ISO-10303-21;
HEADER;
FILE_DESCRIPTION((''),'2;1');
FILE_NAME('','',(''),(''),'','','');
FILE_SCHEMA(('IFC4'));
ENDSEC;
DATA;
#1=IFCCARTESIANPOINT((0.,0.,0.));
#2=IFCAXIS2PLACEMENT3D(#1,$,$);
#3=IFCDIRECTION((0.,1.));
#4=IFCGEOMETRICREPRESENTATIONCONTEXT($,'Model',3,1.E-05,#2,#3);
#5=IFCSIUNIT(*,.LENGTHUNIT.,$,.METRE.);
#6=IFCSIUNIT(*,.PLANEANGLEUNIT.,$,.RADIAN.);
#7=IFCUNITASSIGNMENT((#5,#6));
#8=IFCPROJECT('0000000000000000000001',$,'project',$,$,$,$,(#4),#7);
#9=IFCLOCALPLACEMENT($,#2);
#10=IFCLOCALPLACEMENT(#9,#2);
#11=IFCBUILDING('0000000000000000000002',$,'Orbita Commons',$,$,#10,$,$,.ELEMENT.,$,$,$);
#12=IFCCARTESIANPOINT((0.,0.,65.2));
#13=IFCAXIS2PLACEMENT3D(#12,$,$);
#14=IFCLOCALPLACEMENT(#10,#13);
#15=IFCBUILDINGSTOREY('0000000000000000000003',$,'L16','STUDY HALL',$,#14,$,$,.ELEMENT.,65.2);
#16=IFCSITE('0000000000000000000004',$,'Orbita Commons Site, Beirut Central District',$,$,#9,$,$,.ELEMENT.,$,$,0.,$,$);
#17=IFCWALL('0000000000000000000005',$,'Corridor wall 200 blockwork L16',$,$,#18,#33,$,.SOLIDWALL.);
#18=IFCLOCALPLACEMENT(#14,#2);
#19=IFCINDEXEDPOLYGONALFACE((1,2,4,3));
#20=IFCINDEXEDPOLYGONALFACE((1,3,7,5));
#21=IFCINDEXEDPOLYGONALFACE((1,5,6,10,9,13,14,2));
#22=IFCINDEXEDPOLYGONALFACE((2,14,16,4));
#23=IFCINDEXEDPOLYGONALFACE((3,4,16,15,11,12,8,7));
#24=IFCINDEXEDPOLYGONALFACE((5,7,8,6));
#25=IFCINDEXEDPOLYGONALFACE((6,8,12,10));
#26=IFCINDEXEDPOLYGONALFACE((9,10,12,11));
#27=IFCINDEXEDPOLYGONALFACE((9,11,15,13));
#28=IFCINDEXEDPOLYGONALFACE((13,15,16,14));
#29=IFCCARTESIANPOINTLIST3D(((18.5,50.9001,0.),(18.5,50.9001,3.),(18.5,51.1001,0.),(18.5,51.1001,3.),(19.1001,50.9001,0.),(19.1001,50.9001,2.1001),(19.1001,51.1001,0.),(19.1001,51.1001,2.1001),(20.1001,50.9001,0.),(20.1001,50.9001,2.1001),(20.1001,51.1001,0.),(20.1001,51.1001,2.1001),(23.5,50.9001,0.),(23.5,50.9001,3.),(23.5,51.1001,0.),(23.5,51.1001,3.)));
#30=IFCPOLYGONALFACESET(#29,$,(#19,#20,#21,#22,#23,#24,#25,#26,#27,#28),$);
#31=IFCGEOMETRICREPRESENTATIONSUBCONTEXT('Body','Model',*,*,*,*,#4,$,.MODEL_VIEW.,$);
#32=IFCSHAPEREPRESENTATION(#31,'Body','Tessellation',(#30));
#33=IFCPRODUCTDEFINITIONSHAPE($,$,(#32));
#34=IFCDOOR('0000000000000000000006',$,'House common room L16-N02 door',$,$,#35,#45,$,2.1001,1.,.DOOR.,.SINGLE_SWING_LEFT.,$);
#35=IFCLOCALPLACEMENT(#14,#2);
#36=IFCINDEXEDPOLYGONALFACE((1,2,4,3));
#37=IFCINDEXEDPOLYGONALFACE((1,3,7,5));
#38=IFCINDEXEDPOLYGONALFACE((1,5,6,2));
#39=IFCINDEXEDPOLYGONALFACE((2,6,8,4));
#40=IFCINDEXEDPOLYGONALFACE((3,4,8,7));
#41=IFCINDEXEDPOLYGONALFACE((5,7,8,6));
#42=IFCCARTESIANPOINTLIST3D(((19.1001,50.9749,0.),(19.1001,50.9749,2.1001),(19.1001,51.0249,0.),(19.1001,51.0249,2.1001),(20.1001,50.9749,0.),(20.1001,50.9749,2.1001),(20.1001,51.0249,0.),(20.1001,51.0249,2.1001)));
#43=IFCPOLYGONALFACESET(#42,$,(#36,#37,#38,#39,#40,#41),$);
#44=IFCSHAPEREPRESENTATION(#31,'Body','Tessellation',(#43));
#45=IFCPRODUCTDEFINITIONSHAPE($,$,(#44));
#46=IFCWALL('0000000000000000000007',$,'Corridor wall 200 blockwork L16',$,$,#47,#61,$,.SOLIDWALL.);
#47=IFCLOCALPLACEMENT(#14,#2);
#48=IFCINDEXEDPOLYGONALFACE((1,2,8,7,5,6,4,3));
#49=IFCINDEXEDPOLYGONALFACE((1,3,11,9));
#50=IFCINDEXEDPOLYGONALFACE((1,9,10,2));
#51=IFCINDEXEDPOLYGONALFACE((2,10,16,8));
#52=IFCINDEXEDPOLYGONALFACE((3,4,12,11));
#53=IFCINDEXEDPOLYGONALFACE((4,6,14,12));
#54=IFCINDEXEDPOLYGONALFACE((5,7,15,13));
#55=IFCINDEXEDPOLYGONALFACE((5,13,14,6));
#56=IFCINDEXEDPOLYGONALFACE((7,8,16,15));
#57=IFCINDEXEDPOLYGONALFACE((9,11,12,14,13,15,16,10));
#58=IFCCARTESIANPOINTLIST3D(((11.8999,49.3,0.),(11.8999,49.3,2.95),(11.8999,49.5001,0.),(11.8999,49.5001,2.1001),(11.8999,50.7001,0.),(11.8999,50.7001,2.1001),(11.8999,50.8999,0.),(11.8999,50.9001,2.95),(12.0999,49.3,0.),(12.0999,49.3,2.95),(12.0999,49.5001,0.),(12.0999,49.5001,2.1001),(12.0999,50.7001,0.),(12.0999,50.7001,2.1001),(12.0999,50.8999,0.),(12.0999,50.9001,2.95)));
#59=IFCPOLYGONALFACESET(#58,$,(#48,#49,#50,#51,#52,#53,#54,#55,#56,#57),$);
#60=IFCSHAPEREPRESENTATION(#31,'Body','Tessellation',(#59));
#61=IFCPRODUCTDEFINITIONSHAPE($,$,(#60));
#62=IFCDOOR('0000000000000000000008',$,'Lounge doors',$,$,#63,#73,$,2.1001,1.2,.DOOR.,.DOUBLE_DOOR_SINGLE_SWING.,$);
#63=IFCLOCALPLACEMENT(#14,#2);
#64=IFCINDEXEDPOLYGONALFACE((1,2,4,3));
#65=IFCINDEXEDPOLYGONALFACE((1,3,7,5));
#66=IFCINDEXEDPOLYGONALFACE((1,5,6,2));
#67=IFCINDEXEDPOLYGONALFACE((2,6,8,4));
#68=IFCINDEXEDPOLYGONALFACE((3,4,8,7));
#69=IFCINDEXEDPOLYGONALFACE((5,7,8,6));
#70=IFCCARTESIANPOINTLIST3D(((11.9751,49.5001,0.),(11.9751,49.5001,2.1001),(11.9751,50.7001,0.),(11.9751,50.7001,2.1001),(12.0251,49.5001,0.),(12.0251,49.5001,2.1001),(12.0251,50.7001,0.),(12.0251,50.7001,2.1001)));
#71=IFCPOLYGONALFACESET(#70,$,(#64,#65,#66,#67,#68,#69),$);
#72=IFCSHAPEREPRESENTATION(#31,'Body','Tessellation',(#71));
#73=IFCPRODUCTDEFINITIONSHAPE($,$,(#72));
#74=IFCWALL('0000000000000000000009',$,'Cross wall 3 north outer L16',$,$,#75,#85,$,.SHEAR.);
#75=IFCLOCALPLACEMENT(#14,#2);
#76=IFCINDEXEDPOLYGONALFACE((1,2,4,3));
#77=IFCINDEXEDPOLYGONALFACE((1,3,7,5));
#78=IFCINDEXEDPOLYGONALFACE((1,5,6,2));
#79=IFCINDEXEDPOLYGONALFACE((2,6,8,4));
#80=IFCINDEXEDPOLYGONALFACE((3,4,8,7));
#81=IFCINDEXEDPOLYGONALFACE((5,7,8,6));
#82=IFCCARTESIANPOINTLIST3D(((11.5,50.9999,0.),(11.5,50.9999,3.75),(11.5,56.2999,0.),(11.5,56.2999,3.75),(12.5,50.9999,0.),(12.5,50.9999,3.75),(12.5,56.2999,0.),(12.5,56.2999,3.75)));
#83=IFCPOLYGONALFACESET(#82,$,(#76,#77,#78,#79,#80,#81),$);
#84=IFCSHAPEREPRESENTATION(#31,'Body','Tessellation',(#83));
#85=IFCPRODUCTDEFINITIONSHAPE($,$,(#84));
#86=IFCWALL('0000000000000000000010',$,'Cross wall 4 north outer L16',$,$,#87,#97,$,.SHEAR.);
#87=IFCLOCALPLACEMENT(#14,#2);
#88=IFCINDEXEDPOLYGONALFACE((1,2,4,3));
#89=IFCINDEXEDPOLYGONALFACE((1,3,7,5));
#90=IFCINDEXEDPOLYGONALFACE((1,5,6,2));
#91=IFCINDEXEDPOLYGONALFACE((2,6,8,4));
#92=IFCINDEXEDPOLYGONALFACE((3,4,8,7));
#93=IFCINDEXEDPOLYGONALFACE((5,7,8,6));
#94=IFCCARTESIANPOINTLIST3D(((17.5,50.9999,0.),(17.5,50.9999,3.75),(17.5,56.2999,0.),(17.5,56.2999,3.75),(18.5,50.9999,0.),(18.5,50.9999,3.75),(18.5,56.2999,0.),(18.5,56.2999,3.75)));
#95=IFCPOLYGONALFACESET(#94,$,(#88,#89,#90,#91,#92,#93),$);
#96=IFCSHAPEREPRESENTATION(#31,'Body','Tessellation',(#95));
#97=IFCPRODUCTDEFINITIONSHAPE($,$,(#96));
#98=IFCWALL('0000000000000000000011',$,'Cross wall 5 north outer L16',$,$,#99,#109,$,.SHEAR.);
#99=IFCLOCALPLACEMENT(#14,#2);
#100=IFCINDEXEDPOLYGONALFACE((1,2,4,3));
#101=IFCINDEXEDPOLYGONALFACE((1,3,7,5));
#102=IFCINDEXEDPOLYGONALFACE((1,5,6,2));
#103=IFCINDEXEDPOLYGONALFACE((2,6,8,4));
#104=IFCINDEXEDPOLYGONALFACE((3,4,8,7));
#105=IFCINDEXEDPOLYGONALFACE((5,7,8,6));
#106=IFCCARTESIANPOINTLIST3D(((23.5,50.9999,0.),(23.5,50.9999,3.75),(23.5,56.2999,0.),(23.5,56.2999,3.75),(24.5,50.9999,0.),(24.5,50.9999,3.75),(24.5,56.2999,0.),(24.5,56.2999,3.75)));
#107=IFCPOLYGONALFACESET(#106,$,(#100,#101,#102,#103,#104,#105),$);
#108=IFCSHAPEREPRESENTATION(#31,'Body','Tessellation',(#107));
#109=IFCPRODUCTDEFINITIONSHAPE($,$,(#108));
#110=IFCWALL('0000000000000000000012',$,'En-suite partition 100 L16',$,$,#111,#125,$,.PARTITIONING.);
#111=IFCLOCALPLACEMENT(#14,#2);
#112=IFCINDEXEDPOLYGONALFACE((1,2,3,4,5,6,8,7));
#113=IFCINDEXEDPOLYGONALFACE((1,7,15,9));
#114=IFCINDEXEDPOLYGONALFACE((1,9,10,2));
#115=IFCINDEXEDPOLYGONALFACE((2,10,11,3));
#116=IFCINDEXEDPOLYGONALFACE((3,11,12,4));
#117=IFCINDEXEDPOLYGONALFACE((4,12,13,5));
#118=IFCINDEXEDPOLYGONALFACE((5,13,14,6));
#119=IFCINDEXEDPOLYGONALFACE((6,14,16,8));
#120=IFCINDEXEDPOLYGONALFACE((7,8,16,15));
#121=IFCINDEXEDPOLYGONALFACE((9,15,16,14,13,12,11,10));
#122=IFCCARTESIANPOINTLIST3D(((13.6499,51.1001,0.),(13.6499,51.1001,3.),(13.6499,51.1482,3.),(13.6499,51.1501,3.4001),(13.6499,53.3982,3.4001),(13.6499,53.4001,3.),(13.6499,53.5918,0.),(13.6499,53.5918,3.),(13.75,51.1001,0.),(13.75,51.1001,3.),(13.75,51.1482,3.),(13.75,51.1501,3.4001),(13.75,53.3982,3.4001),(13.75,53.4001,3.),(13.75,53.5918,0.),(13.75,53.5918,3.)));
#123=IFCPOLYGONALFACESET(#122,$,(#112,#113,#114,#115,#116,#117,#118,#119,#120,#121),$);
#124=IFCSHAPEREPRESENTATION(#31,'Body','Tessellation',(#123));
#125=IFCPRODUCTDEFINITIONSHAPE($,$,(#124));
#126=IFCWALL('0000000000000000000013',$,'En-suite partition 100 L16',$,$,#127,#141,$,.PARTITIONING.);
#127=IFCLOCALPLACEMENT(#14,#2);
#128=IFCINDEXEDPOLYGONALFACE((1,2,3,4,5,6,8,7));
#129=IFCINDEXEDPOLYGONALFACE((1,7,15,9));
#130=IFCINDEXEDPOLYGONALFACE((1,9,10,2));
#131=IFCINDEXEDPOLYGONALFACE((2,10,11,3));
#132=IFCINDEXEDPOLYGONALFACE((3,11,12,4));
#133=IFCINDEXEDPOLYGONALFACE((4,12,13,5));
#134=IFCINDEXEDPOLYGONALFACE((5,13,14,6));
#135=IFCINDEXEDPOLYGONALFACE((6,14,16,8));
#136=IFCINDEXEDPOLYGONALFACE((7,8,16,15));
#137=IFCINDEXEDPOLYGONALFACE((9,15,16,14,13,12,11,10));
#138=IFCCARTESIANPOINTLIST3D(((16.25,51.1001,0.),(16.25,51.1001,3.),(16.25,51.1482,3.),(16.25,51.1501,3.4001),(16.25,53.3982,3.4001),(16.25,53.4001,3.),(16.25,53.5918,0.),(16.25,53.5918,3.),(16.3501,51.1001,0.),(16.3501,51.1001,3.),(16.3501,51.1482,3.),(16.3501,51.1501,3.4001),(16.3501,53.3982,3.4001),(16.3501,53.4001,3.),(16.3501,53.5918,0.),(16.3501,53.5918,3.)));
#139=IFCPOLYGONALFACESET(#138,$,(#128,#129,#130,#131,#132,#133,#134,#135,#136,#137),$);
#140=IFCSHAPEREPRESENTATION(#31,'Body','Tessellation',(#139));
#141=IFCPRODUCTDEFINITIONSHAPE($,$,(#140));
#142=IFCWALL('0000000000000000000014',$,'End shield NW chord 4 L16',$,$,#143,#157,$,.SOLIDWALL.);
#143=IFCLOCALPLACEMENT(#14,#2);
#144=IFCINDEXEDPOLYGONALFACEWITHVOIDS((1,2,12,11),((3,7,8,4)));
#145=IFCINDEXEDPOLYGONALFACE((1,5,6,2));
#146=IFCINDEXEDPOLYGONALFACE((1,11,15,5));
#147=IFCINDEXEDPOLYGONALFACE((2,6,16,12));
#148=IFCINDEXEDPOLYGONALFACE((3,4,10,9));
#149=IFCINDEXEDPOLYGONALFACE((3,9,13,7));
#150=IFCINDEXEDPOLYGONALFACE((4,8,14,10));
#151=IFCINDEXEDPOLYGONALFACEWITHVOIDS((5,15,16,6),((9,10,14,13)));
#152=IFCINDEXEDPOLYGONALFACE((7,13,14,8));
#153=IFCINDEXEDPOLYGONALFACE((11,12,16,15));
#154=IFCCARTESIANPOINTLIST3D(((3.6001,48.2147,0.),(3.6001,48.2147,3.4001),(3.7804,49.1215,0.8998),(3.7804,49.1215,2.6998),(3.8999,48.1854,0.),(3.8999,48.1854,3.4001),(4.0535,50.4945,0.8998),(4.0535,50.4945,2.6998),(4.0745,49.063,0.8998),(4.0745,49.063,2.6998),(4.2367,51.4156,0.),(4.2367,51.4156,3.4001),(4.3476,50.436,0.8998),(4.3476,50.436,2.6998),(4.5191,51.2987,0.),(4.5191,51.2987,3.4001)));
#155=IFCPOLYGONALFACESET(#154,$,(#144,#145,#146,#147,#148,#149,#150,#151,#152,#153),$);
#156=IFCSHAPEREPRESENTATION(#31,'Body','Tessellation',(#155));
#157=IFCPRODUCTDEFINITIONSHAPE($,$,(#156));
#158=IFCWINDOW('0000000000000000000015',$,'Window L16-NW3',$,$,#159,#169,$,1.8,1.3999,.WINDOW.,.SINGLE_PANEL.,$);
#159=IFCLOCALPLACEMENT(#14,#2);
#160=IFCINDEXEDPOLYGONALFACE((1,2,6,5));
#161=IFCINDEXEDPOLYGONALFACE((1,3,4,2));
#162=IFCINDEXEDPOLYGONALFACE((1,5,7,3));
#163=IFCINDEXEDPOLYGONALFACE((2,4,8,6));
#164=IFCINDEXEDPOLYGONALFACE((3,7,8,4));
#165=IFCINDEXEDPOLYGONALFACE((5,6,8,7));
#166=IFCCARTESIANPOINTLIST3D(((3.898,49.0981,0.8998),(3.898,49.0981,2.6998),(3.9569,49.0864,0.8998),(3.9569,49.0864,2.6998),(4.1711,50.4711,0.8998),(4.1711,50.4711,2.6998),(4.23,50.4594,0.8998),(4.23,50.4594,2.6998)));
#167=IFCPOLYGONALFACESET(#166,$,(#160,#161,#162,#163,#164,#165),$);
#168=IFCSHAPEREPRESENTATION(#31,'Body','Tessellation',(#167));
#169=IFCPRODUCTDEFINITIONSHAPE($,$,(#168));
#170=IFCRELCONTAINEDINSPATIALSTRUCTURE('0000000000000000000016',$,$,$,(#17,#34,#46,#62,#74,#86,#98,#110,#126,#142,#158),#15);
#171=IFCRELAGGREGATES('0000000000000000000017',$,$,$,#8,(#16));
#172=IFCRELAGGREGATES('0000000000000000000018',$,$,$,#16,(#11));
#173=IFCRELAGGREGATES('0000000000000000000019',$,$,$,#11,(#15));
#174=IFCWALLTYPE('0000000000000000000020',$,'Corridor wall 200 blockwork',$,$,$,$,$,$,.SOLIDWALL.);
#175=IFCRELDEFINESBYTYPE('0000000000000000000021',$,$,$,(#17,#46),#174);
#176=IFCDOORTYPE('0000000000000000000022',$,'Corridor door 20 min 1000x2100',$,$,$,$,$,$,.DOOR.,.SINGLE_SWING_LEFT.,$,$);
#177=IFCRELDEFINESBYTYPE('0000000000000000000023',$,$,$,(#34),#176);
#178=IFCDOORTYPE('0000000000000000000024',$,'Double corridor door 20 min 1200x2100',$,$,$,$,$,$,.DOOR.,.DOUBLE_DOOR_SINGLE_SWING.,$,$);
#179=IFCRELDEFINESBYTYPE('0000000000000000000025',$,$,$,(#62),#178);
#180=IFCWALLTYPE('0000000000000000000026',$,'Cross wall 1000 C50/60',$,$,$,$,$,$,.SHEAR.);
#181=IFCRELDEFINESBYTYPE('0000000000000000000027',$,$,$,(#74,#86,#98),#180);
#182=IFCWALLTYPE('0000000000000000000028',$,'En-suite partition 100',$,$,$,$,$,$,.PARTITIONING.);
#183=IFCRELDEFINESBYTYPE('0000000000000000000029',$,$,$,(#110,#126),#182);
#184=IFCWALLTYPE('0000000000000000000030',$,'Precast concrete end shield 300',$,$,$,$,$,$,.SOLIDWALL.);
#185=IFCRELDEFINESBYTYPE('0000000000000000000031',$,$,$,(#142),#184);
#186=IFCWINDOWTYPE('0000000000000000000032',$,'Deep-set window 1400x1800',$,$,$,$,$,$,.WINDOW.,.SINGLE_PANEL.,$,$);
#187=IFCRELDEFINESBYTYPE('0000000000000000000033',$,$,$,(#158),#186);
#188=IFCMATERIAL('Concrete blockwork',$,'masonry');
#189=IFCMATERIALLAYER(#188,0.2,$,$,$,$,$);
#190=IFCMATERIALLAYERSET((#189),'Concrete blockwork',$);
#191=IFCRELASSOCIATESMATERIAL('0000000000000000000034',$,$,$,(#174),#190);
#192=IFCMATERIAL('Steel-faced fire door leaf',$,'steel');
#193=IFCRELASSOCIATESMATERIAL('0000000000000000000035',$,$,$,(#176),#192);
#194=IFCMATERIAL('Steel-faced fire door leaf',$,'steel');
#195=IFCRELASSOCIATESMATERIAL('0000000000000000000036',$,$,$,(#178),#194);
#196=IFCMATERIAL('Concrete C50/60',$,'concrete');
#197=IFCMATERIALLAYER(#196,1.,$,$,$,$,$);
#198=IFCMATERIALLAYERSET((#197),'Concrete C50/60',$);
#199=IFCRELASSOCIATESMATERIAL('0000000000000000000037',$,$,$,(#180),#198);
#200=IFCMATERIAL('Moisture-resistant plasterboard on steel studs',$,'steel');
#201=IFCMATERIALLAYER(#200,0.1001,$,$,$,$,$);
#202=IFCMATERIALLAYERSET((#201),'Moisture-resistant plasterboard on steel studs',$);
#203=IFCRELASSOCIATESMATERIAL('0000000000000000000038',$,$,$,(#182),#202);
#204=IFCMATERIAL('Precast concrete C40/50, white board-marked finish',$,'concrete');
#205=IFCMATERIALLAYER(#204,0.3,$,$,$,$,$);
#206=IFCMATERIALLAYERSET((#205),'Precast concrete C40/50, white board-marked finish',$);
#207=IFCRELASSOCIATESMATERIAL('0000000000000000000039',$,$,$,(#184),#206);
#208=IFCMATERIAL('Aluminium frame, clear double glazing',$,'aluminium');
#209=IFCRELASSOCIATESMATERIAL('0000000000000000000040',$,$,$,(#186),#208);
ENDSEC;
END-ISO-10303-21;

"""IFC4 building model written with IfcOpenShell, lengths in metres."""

from ifc_helpers import new_model, si_unit, direction, frame, frame_2d, origin, place, context, subcontext, project, spatial, polyline, rectangle, outline, extrude, material, layer, layer_set, type_object, element, fill, save


model = new_model("IFC4")

# Units and contexts
model_context = context("Model", 3, precision=1e-05, world=origin(), true_north=direction((0.0, 1.0)))
body_context = subcontext(model_context, "Body", "Model", "MODEL_VIEW")
ifc_project = project(units=[si_unit("LENGTHUNIT", "METRE"), si_unit("PLANEANGLEUNIT", "RADIAN")], contexts=[model_context])

# Site, building, storey
site_placement = place(None, origin())
site = spatial("IfcSite", under=ifc_project, at=site_placement, Name="Orbita Commons Site, Beirut Central District", CompositionType="ELEMENT", RefElevation=0.0)
building_placement = place(site_placement, origin())
building = spatial("IfcBuilding", under=site, at=building_placement, Name="Orbita Commons", CompositionType="ELEMENT")
storey_placement = place(building_placement, frame((0.0, 0.0, 65.2)))
storey = spatial("IfcBuildingStorey", under=building, at=storey_placement, Name="L16", Description="STUDY HALL", CompositionType="ELEMENT", Elevation=65.2)

# Shared definitions
ifc_material_1 = material(Name="Concrete blockwork", Category="masonry")
ifc_layer_1 = layer(ifc_material_1, 0.2)
ifc_layer_set_1 = layer_set([ifc_layer_1], Name="Concrete blockwork")
wall_type_1 = type_object("IfcWallType", Name="Corridor wall 200 blockwork", PredefinedType="SOLIDWALL", material=ifc_layer_set_1)

# Walls, openings, doors
wall_1_placement = place(storey_placement, frame((18.5, 51.0, 0.0), z_axis=(0.0, 0.0, 1.0), x_axis=(1.0, 0.0, 0.0)))
wall_1 = element("IfcWall", 1, at=wall_1_placement, inside=storey, type_object=wall_type_1, Name="Corridor wall 200 blockwork L16", PredefinedType="SOLIDWALL", context=body_context, shape_type="SweptSolid", body=[
    extrude(outline(polyline([(0.0, 0.0), (5.0, 0.0), (5.0, 3.0), (0.0, 3.0), (0.0, 0.0)])), frame((0.0, 0.1001, 0.0), z_axis=(0.0, -1.0, 0.0), x_axis=(1.0, 0.0, 0.0)), (0.0, 0.0, 1.0), 0.2),
])
opening_1_placement = place(wall_1_placement, frame((0.6001, 0.0, 0.0)))
opening_1 = element("IfcOpeningElement", 2, at=opening_1_placement, cuts=wall_1, PredefinedType="OPENING", context=body_context, shape_type="SweptSolid", body=[
    extrude(rectangle(XDim=1.0, YDim=2.1001, at=frame_2d((0.5, 1.05))), frame((0.0, 0.1099, 0.0), z_axis=(0.0, -1.0, 0.0), x_axis=(1.0, 0.0, 0.0)), (0.0, 0.0, 1.0), 0.22),
])
ifc_material_2 = material(Name="Steel-faced fire door leaf", Category="steel")
door_type_1 = type_object("IfcDoorType", Name="Corridor door 20 min 1000x2100", OperationType="SINGLE_SWING_LEFT", PredefinedType="DOOR", material=ifc_material_2)
door_1_placement = place(opening_1_placement, origin())
door_1 = element("IfcDoor", 3, at=door_1_placement, inside=storey, type_object=door_type_1, Name="House common room L16-N02 door", OperationType="SINGLE_SWING_LEFT", OverallHeight=2.1001, OverallWidth=1.0, PredefinedType="DOOR", context=body_context, shape_type="SweptSolid", body=[
    extrude(rectangle(XDim=1.0, YDim=2.1001, at=frame_2d((0.5, 1.05))), frame((0.0, 0.0249, 0.0), z_axis=(0.0, -1.0, 0.0), x_axis=(1.0, 0.0, 0.0)), (0.0, 0.0, 1.0), 0.05),
])
fill(opening_1, door_1)
wall_2_placement = place(storey_placement, frame((12.0, 49.3, 0.0), z_axis=(0.0, 0.0, 1.0), x_axis=(0.0, 1.0, 0.0)))
wall_2 = element("IfcWall", 4, at=wall_2_placement, inside=storey, type_object=wall_type_1, Name="Corridor wall 200 blockwork L16", PredefinedType="SOLIDWALL", context=body_context, shape_type="SweptSolid", body=[
    extrude(outline(polyline([(0.0, 0.0), (1.5999, 0.0), (1.6001, 2.95), (0.0, 2.95), (0.0, 0.0)])), frame((0.0, 0.1001, 0.0), z_axis=(0.0, -1.0, 0.0), x_axis=(1.0, 0.0, 0.0)), (0.0, 0.0, 1.0), 0.2),
])
opening_2_placement = place(wall_2_placement, frame((0.2, 0.0, 0.0)))
opening_2 = element("IfcOpeningElement", 5, at=opening_2_placement, cuts=wall_2, PredefinedType="OPENING", context=body_context, shape_type="SweptSolid", body=[
    extrude(rectangle(XDim=1.2, YDim=2.1001, at=frame_2d((0.6001, 1.05))), frame((0.0, 0.1099, 0.0), z_axis=(0.0, -1.0, 0.0), x_axis=(1.0, 0.0, 0.0)), (0.0, 0.0, 1.0), 0.22),
])
ifc_material_3 = material(Name="Steel-faced fire door leaf", Category="steel")
door_type_2 = type_object("IfcDoorType", Name="Double corridor door 20 min 1200x2100", OperationType="DOUBLE_DOOR_SINGLE_SWING", PredefinedType="DOOR", material=ifc_material_3)
door_2_placement = place(opening_2_placement, origin())
door_2 = element("IfcDoor", 6, at=door_2_placement, inside=storey, type_object=door_type_2, Name="Lounge doors", OperationType="DOUBLE_DOOR_SINGLE_SWING", OverallHeight=2.1001, OverallWidth=1.2, PredefinedType="DOOR", context=body_context, shape_type="SweptSolid", body=[
    extrude(rectangle(XDim=1.2, YDim=2.1001, at=frame_2d((0.6001, 1.05))), frame((0.0, 0.0249, 0.0), z_axis=(0.0, -1.0, 0.0), x_axis=(1.0, 0.0, 0.0)), (0.0, 0.0, 1.0), 0.05),
])
fill(opening_2, door_2)

# Walls
ifc_material_4 = material(Name="Concrete C50/60", Category="concrete")
ifc_layer_2 = layer(ifc_material_4, 1.0)
ifc_layer_set_2 = layer_set([ifc_layer_2], Name="Concrete C50/60")
wall_type_2 = type_object("IfcWallType", Name="Cross wall 1000 C50/60", PredefinedType="SHEAR", material=ifc_layer_set_2)
for number, where, z_axis, x_axis, name in (
    (7, (12.0, 51.0, 0.0), (0.0, 0.0, 1.0), (0.0, 1.0, 0.0), "Cross wall 3 north outer L16"),
    (8, (18.0, 51.0, 0.0), (0.0, 0.0, 1.0), (0.0, 1.0, 0.0), "Cross wall 4 north outer L16"),
    (9, (24.0, 51.0, 0.0), (0.0, 0.0, 1.0), (0.0, 1.0, 0.0), "Cross wall 5 north outer L16"),
):
    element("IfcWall", number, at=place(storey_placement, frame(where, z_axis=z_axis, x_axis=x_axis)), inside=storey, type_object=wall_type_2, Name=name, PredefinedType="SHEAR", context=body_context, shape_type="SweptSolid", body=[
        extrude(rectangle(XDim=5.3, YDim=1.0, at=frame_2d((2.6499, 0.0))), origin(), (0.0, 0.0, 1.0), 3.75),
    ])
ifc_material_5 = material(Name="Moisture-resistant plasterboard on steel studs", Category="steel")
ifc_layer_3 = layer(ifc_material_5, 0.1001)
ifc_layer_set_3 = layer_set([ifc_layer_3], Name="Moisture-resistant plasterboard on steel studs")
wall_type_3 = type_object("IfcWallType", Name="En-suite partition 100", PredefinedType="PARTITIONING", material=ifc_layer_set_3)
for number, where, z_axis, x_axis, name in (
    (10, (13.7, 53.5918, 0.0), (0.0, 0.0, 1.0), (0.0, -1.0, 0.0), "En-suite partition 100 L16"),
    (11, (16.3, 53.5918, 0.0), (0.0, 0.0, 1.0), (0.0, -1.0, 0.0), "En-suite partition 100 L16"),
):
    element("IfcWall", number, at=place(storey_placement, frame(where, z_axis=z_axis, x_axis=x_axis)), inside=storey, type_object=wall_type_3, Name=name, PredefinedType="PARTITIONING", context=body_context, shape_type="SweptSolid", body=[
        extrude(outline(polyline([(0.0, 0.0), (2.4917, 0.0), (2.4917, 3.0), (2.4436, 3.0), (2.4417, 3.4001), (0.1936, 3.4001), (0.1917, 3.0), (0.0, 3.0), (0.0, 0.0)])), frame((0.0, 0.05, 0.0), z_axis=(0.0, -1.0, 0.0), x_axis=(1.0, 0.0, 0.0)), (0.0, 0.0, 1.0), 0.1001),
    ])

# Wall, opening, window
ifc_material_6 = material(Name="Precast concrete C40/50, white board-marked finish", Category="concrete")
ifc_layer_4 = layer(ifc_material_6, 0.3)
ifc_layer_set_4 = layer_set([ifc_layer_4], Name="Precast concrete C40/50, white board-marked finish")
wall_type_4 = type_object("IfcWallType", Name="Precast concrete end shield 300", PredefinedType="SOLIDWALL", material=ifc_layer_set_4)
wall_3_placement = place(storey_placement, frame((4.3779, 51.3572, 0.0), z_axis=(0.0, 0.0, 1.0), x_axis=(-0.195066, -0.98079, 0.0)))
wall_3 = element("IfcWall", 12, at=wall_3_placement, inside=storey, type_object=wall_type_4, Name="End shield NW chord 4 L16", PredefinedType="SOLIDWALL", context=body_context, shape_type="SweptSolid", body=[
    extrude(outline(polyline([(-0.0298, -0.1499), (3.2339, -0.1499), (3.2041, 0.1499), (0.0298, 0.1499), (-0.0298, -0.1499)])), origin(), (0.0, 0.0, 1.0), 3.4001),
])
opening_3_placement = place(wall_3_placement, frame((0.9094, 0.0, 0.8999)))
opening_3 = element("IfcOpeningElement", 13, at=opening_3_placement, cuts=wall_3, PredefinedType="OPENING", context=body_context, shape_type="SweptSolid", body=[
    extrude(rectangle(XDim=1.3999, YDim=1.8, at=frame_2d((0.7, 0.8999))), frame((0.0, 0.1599, 0.0), z_axis=(0.0, -1.0, 0.0), x_axis=(1.0, 0.0, 0.0)), (0.0, 0.0, 1.0), 0.3201),
])
ifc_material_7 = material(Name="Aluminium frame, clear double glazing", Category="aluminium")
window_type = type_object("IfcWindowType", Name="Deep-set window 1400x1800", PartitioningType="SINGLE_PANEL", PredefinedType="WINDOW", material=ifc_material_7)
window_placement = place(opening_3_placement, origin())
window = element("IfcWindow", 14, at=window_placement, inside=storey, type_object=window_type, Name="Window L16-NW3", OverallHeight=1.8, OverallWidth=1.3999, PartitioningType="SINGLE_PANEL", PredefinedType="WINDOW", context=body_context, shape_type="SweptSolid", body=[
    extrude(rectangle(XDim=1.3999, YDim=1.8, at=frame_2d((0.7, 0.8999))), frame((0.0, 0.03, 0.0), z_axis=(0.0, -1.0, 0.0), x_axis=(1.0, 0.0, 0.0)), (0.0, 0.0, 1.0), 0.0601),
])
fill(opening_3, window)

save(model, "model.ifc")
